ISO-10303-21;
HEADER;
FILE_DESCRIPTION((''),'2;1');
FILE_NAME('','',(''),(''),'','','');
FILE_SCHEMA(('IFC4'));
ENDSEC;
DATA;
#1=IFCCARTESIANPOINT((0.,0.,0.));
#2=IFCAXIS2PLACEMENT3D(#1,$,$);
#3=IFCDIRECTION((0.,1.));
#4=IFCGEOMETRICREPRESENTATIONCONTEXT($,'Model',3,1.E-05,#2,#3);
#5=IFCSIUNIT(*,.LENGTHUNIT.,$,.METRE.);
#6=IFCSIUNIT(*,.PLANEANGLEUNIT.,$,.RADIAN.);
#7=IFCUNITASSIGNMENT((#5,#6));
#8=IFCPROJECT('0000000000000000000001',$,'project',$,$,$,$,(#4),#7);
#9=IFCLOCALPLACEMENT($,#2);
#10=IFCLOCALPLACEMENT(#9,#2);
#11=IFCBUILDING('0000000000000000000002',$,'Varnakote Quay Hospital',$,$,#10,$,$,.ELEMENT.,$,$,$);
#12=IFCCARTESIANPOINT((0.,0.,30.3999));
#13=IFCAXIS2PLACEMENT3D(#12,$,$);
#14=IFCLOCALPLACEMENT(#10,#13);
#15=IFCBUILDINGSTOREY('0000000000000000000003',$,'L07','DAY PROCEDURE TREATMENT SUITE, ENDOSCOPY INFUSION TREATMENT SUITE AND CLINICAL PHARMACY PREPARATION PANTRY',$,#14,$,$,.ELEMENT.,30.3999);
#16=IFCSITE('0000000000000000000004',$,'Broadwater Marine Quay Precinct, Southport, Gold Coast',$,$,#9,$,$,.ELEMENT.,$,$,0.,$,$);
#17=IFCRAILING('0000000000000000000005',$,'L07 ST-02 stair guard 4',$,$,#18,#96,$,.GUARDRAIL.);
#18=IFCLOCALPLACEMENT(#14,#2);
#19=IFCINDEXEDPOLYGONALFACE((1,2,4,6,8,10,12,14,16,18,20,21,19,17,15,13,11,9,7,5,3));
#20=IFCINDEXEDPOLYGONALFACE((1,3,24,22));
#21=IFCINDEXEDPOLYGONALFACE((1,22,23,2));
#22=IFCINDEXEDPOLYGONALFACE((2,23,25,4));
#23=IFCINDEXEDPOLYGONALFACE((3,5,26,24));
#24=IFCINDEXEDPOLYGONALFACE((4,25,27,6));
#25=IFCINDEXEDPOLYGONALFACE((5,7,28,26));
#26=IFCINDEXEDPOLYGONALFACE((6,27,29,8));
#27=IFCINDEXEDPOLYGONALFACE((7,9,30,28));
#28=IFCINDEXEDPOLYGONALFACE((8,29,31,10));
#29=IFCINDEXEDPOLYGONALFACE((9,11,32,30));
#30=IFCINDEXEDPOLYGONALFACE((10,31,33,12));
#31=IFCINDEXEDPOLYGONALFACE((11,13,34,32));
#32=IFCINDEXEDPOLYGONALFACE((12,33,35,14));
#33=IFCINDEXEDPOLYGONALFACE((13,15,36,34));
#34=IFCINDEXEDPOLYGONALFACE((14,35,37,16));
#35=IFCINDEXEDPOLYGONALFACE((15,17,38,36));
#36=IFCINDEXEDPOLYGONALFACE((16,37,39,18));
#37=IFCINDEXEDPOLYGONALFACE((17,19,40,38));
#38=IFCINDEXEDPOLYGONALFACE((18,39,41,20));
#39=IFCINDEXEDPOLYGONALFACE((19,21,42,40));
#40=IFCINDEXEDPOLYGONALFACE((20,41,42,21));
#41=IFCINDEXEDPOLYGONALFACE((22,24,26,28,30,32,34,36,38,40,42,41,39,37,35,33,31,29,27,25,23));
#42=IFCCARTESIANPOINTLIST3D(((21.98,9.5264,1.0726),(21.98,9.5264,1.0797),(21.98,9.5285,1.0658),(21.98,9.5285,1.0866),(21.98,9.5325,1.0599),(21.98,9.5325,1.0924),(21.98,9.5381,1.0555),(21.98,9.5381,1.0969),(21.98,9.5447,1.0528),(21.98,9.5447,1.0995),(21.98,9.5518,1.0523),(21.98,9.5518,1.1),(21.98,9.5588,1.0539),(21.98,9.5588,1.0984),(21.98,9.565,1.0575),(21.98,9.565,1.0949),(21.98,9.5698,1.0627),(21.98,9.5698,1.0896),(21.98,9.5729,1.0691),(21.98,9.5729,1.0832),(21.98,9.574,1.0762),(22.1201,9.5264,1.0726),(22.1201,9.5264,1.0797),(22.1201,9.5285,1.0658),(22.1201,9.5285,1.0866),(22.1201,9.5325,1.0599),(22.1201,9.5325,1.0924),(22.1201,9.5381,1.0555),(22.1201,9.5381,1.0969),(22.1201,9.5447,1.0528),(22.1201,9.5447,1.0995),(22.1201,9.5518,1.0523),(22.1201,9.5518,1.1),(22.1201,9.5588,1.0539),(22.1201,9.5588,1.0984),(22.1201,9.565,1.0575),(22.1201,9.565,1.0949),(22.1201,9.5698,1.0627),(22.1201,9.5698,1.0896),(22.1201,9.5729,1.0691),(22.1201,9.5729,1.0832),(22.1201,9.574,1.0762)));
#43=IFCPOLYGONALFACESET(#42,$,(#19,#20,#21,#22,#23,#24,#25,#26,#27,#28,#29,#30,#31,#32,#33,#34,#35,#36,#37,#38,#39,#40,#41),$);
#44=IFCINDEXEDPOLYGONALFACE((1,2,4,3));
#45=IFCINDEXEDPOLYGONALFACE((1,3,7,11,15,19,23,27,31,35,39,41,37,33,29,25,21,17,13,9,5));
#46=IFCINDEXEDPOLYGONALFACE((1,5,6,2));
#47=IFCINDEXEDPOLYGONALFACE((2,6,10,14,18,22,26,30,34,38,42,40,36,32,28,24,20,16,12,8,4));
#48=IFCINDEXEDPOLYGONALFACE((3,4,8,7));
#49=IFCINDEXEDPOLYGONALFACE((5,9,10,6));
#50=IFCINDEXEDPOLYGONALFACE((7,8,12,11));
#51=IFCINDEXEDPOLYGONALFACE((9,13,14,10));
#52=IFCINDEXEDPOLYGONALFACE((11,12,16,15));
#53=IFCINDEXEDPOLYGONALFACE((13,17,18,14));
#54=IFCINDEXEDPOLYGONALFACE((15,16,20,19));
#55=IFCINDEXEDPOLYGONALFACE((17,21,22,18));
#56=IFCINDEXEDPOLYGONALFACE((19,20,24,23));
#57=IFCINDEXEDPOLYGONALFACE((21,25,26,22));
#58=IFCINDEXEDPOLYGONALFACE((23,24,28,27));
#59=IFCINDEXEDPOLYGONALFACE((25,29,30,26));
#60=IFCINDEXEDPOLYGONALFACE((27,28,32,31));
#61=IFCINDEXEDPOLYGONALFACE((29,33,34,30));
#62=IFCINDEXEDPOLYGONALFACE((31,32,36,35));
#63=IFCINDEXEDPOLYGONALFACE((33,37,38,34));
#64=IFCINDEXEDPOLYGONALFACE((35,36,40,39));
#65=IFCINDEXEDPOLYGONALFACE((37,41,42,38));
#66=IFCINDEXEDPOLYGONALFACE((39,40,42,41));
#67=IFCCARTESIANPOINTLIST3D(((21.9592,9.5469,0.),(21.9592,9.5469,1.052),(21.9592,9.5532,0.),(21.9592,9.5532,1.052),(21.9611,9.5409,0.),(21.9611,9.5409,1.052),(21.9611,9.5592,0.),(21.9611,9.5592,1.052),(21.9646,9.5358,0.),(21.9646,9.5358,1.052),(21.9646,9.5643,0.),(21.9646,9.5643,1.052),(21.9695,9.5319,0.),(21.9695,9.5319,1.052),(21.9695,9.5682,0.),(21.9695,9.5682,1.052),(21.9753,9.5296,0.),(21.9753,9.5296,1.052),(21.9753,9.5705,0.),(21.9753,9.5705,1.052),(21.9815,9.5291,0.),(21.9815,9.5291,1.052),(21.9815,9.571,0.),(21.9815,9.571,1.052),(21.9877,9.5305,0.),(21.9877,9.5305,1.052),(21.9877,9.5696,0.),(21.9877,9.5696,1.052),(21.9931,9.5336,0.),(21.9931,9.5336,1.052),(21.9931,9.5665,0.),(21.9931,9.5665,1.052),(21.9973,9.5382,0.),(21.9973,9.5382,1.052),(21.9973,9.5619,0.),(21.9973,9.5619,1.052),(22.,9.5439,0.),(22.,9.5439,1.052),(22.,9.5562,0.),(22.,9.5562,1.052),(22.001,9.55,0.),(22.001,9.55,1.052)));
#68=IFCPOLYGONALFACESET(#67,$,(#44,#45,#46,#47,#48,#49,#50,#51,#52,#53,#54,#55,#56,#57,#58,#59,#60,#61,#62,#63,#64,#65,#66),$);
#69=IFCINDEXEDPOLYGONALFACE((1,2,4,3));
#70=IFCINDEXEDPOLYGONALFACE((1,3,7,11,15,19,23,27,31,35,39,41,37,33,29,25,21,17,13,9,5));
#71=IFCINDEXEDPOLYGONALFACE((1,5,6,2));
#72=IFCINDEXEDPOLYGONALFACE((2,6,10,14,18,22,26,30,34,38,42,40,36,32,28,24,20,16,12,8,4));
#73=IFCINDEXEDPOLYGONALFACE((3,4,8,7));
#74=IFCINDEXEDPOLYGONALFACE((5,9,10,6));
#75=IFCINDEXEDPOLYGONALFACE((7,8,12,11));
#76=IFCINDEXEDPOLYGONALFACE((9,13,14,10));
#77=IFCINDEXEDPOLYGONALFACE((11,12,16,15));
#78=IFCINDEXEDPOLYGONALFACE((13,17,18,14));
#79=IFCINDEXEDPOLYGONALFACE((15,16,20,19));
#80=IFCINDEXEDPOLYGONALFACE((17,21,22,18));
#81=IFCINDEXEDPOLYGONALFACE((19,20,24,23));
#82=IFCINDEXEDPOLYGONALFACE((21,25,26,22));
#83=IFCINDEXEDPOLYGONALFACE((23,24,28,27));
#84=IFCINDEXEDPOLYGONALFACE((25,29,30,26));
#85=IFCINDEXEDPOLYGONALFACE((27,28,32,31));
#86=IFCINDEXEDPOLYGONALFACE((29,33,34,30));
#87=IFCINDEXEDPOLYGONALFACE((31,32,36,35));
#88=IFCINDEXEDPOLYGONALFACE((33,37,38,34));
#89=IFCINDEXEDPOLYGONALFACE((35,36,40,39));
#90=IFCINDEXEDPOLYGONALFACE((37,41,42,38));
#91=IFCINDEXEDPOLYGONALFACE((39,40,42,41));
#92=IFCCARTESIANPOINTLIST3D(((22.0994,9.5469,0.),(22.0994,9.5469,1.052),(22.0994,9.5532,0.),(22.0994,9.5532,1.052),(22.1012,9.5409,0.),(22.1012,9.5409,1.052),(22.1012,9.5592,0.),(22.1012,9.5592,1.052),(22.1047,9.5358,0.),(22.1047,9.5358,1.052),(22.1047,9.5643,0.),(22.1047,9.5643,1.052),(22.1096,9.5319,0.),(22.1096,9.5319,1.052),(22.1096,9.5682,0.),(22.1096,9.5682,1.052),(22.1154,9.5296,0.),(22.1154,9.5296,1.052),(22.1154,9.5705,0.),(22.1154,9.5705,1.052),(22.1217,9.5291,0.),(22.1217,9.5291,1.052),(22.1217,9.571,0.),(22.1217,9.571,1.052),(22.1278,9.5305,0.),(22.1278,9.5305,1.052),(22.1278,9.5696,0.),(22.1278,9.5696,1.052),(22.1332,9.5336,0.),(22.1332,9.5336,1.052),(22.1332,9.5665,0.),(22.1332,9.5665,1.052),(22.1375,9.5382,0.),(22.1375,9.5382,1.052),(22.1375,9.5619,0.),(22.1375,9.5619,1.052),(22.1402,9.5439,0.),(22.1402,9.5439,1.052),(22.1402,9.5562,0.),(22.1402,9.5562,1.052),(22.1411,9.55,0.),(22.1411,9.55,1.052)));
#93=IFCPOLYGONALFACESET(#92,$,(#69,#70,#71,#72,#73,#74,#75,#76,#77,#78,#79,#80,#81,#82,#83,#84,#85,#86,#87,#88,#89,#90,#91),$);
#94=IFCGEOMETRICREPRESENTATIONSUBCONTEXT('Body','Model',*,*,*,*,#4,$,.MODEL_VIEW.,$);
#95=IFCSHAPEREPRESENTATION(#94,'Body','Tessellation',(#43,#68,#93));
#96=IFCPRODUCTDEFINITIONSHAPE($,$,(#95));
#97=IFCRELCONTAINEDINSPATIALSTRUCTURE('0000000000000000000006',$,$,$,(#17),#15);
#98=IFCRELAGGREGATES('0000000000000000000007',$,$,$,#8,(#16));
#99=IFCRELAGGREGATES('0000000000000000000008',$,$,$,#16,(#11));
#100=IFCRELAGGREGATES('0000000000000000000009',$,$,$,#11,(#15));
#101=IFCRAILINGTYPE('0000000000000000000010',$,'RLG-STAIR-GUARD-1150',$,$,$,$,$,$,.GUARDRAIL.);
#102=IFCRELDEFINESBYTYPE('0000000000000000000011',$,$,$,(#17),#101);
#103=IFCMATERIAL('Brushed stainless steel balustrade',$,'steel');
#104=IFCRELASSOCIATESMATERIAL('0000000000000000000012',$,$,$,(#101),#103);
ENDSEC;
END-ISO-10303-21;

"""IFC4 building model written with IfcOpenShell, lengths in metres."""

from ifc_helpers import new_model, si_unit, direction, frame, origin, origin_2d, place, context, subcontext, project, spatial, circle, extrude, material, type_object, element, save


model = new_model("IFC4")

# Units and contexts
model_context = context("Model", 3, precision=1e-05, world=origin(), true_north=direction((0.0, 1.0)))
body_context = subcontext(model_context, "Body", "Model", "MODEL_VIEW")
ifc_project = project(units=[si_unit("LENGTHUNIT", "METRE"), si_unit("PLANEANGLEUNIT", "RADIAN")], contexts=[model_context])

# Site, building, storey
site_placement = place(None, origin())
site = spatial("IfcSite", under=ifc_project, at=site_placement, Name="Broadwater Marine Quay Precinct, Southport, Gold Coast", CompositionType="ELEMENT", RefElevation=0.0)
building_placement = place(site_placement, origin())
building = spatial("IfcBuilding", under=site, at=building_placement, Name="Varnakote Quay Hospital", CompositionType="ELEMENT")
storey_placement = place(building_placement, frame((0.0, 0.0, 30.3999)))
storey = spatial("IfcBuildingStorey", under=building, at=storey_placement, Name="L07", Description="DAY PROCEDURE TREATMENT SUITE, ENDOSCOPY INFUSION TREATMENT SUITE AND CLINICAL PHARMACY PREPARATION PANTRY", CompositionType="ELEMENT", Elevation=30.3999)

# Railing
ifc_material_1 = material(Name="Brushed stainless steel balustrade", Category="steel")
railing_type_1 = type_object("IfcRailingType", Name="RLG-STAIR-GUARD-1150", PredefinedType="GUARDRAIL", material=ifc_material_1)
railing_1_placement = place(storey_placement, frame((21.98, 9.55, 0.0)))
element("IfcRailing", 1, at=railing_1_placement, inside=storey, type_object=railing_type_1, Name="L07 ST-02 stair guard 4", PredefinedType="GUARDRAIL", context=body_context, shape_type="SweptSolid", body=[
    extrude(circle(Radius=0.0239, at=origin_2d()), frame((0.0, 0.0, 1.0762), z_axis=(1.0, 0.0, 0.0), x_axis=(0.0, 1.0, 0.0)), (0.0, 0.0, 1.0), 0.1401),
    extrude(circle(Radius=0.021, at=origin_2d()), origin(), (0.0, 0.0, 1.0), 1.052),
    extrude(circle(Radius=0.021, at=origin_2d()), frame((0.1401, 0.0, 0.0)), (0.0, 0.0, 1.0), 1.052),
])

save(model, "model.ifc")
